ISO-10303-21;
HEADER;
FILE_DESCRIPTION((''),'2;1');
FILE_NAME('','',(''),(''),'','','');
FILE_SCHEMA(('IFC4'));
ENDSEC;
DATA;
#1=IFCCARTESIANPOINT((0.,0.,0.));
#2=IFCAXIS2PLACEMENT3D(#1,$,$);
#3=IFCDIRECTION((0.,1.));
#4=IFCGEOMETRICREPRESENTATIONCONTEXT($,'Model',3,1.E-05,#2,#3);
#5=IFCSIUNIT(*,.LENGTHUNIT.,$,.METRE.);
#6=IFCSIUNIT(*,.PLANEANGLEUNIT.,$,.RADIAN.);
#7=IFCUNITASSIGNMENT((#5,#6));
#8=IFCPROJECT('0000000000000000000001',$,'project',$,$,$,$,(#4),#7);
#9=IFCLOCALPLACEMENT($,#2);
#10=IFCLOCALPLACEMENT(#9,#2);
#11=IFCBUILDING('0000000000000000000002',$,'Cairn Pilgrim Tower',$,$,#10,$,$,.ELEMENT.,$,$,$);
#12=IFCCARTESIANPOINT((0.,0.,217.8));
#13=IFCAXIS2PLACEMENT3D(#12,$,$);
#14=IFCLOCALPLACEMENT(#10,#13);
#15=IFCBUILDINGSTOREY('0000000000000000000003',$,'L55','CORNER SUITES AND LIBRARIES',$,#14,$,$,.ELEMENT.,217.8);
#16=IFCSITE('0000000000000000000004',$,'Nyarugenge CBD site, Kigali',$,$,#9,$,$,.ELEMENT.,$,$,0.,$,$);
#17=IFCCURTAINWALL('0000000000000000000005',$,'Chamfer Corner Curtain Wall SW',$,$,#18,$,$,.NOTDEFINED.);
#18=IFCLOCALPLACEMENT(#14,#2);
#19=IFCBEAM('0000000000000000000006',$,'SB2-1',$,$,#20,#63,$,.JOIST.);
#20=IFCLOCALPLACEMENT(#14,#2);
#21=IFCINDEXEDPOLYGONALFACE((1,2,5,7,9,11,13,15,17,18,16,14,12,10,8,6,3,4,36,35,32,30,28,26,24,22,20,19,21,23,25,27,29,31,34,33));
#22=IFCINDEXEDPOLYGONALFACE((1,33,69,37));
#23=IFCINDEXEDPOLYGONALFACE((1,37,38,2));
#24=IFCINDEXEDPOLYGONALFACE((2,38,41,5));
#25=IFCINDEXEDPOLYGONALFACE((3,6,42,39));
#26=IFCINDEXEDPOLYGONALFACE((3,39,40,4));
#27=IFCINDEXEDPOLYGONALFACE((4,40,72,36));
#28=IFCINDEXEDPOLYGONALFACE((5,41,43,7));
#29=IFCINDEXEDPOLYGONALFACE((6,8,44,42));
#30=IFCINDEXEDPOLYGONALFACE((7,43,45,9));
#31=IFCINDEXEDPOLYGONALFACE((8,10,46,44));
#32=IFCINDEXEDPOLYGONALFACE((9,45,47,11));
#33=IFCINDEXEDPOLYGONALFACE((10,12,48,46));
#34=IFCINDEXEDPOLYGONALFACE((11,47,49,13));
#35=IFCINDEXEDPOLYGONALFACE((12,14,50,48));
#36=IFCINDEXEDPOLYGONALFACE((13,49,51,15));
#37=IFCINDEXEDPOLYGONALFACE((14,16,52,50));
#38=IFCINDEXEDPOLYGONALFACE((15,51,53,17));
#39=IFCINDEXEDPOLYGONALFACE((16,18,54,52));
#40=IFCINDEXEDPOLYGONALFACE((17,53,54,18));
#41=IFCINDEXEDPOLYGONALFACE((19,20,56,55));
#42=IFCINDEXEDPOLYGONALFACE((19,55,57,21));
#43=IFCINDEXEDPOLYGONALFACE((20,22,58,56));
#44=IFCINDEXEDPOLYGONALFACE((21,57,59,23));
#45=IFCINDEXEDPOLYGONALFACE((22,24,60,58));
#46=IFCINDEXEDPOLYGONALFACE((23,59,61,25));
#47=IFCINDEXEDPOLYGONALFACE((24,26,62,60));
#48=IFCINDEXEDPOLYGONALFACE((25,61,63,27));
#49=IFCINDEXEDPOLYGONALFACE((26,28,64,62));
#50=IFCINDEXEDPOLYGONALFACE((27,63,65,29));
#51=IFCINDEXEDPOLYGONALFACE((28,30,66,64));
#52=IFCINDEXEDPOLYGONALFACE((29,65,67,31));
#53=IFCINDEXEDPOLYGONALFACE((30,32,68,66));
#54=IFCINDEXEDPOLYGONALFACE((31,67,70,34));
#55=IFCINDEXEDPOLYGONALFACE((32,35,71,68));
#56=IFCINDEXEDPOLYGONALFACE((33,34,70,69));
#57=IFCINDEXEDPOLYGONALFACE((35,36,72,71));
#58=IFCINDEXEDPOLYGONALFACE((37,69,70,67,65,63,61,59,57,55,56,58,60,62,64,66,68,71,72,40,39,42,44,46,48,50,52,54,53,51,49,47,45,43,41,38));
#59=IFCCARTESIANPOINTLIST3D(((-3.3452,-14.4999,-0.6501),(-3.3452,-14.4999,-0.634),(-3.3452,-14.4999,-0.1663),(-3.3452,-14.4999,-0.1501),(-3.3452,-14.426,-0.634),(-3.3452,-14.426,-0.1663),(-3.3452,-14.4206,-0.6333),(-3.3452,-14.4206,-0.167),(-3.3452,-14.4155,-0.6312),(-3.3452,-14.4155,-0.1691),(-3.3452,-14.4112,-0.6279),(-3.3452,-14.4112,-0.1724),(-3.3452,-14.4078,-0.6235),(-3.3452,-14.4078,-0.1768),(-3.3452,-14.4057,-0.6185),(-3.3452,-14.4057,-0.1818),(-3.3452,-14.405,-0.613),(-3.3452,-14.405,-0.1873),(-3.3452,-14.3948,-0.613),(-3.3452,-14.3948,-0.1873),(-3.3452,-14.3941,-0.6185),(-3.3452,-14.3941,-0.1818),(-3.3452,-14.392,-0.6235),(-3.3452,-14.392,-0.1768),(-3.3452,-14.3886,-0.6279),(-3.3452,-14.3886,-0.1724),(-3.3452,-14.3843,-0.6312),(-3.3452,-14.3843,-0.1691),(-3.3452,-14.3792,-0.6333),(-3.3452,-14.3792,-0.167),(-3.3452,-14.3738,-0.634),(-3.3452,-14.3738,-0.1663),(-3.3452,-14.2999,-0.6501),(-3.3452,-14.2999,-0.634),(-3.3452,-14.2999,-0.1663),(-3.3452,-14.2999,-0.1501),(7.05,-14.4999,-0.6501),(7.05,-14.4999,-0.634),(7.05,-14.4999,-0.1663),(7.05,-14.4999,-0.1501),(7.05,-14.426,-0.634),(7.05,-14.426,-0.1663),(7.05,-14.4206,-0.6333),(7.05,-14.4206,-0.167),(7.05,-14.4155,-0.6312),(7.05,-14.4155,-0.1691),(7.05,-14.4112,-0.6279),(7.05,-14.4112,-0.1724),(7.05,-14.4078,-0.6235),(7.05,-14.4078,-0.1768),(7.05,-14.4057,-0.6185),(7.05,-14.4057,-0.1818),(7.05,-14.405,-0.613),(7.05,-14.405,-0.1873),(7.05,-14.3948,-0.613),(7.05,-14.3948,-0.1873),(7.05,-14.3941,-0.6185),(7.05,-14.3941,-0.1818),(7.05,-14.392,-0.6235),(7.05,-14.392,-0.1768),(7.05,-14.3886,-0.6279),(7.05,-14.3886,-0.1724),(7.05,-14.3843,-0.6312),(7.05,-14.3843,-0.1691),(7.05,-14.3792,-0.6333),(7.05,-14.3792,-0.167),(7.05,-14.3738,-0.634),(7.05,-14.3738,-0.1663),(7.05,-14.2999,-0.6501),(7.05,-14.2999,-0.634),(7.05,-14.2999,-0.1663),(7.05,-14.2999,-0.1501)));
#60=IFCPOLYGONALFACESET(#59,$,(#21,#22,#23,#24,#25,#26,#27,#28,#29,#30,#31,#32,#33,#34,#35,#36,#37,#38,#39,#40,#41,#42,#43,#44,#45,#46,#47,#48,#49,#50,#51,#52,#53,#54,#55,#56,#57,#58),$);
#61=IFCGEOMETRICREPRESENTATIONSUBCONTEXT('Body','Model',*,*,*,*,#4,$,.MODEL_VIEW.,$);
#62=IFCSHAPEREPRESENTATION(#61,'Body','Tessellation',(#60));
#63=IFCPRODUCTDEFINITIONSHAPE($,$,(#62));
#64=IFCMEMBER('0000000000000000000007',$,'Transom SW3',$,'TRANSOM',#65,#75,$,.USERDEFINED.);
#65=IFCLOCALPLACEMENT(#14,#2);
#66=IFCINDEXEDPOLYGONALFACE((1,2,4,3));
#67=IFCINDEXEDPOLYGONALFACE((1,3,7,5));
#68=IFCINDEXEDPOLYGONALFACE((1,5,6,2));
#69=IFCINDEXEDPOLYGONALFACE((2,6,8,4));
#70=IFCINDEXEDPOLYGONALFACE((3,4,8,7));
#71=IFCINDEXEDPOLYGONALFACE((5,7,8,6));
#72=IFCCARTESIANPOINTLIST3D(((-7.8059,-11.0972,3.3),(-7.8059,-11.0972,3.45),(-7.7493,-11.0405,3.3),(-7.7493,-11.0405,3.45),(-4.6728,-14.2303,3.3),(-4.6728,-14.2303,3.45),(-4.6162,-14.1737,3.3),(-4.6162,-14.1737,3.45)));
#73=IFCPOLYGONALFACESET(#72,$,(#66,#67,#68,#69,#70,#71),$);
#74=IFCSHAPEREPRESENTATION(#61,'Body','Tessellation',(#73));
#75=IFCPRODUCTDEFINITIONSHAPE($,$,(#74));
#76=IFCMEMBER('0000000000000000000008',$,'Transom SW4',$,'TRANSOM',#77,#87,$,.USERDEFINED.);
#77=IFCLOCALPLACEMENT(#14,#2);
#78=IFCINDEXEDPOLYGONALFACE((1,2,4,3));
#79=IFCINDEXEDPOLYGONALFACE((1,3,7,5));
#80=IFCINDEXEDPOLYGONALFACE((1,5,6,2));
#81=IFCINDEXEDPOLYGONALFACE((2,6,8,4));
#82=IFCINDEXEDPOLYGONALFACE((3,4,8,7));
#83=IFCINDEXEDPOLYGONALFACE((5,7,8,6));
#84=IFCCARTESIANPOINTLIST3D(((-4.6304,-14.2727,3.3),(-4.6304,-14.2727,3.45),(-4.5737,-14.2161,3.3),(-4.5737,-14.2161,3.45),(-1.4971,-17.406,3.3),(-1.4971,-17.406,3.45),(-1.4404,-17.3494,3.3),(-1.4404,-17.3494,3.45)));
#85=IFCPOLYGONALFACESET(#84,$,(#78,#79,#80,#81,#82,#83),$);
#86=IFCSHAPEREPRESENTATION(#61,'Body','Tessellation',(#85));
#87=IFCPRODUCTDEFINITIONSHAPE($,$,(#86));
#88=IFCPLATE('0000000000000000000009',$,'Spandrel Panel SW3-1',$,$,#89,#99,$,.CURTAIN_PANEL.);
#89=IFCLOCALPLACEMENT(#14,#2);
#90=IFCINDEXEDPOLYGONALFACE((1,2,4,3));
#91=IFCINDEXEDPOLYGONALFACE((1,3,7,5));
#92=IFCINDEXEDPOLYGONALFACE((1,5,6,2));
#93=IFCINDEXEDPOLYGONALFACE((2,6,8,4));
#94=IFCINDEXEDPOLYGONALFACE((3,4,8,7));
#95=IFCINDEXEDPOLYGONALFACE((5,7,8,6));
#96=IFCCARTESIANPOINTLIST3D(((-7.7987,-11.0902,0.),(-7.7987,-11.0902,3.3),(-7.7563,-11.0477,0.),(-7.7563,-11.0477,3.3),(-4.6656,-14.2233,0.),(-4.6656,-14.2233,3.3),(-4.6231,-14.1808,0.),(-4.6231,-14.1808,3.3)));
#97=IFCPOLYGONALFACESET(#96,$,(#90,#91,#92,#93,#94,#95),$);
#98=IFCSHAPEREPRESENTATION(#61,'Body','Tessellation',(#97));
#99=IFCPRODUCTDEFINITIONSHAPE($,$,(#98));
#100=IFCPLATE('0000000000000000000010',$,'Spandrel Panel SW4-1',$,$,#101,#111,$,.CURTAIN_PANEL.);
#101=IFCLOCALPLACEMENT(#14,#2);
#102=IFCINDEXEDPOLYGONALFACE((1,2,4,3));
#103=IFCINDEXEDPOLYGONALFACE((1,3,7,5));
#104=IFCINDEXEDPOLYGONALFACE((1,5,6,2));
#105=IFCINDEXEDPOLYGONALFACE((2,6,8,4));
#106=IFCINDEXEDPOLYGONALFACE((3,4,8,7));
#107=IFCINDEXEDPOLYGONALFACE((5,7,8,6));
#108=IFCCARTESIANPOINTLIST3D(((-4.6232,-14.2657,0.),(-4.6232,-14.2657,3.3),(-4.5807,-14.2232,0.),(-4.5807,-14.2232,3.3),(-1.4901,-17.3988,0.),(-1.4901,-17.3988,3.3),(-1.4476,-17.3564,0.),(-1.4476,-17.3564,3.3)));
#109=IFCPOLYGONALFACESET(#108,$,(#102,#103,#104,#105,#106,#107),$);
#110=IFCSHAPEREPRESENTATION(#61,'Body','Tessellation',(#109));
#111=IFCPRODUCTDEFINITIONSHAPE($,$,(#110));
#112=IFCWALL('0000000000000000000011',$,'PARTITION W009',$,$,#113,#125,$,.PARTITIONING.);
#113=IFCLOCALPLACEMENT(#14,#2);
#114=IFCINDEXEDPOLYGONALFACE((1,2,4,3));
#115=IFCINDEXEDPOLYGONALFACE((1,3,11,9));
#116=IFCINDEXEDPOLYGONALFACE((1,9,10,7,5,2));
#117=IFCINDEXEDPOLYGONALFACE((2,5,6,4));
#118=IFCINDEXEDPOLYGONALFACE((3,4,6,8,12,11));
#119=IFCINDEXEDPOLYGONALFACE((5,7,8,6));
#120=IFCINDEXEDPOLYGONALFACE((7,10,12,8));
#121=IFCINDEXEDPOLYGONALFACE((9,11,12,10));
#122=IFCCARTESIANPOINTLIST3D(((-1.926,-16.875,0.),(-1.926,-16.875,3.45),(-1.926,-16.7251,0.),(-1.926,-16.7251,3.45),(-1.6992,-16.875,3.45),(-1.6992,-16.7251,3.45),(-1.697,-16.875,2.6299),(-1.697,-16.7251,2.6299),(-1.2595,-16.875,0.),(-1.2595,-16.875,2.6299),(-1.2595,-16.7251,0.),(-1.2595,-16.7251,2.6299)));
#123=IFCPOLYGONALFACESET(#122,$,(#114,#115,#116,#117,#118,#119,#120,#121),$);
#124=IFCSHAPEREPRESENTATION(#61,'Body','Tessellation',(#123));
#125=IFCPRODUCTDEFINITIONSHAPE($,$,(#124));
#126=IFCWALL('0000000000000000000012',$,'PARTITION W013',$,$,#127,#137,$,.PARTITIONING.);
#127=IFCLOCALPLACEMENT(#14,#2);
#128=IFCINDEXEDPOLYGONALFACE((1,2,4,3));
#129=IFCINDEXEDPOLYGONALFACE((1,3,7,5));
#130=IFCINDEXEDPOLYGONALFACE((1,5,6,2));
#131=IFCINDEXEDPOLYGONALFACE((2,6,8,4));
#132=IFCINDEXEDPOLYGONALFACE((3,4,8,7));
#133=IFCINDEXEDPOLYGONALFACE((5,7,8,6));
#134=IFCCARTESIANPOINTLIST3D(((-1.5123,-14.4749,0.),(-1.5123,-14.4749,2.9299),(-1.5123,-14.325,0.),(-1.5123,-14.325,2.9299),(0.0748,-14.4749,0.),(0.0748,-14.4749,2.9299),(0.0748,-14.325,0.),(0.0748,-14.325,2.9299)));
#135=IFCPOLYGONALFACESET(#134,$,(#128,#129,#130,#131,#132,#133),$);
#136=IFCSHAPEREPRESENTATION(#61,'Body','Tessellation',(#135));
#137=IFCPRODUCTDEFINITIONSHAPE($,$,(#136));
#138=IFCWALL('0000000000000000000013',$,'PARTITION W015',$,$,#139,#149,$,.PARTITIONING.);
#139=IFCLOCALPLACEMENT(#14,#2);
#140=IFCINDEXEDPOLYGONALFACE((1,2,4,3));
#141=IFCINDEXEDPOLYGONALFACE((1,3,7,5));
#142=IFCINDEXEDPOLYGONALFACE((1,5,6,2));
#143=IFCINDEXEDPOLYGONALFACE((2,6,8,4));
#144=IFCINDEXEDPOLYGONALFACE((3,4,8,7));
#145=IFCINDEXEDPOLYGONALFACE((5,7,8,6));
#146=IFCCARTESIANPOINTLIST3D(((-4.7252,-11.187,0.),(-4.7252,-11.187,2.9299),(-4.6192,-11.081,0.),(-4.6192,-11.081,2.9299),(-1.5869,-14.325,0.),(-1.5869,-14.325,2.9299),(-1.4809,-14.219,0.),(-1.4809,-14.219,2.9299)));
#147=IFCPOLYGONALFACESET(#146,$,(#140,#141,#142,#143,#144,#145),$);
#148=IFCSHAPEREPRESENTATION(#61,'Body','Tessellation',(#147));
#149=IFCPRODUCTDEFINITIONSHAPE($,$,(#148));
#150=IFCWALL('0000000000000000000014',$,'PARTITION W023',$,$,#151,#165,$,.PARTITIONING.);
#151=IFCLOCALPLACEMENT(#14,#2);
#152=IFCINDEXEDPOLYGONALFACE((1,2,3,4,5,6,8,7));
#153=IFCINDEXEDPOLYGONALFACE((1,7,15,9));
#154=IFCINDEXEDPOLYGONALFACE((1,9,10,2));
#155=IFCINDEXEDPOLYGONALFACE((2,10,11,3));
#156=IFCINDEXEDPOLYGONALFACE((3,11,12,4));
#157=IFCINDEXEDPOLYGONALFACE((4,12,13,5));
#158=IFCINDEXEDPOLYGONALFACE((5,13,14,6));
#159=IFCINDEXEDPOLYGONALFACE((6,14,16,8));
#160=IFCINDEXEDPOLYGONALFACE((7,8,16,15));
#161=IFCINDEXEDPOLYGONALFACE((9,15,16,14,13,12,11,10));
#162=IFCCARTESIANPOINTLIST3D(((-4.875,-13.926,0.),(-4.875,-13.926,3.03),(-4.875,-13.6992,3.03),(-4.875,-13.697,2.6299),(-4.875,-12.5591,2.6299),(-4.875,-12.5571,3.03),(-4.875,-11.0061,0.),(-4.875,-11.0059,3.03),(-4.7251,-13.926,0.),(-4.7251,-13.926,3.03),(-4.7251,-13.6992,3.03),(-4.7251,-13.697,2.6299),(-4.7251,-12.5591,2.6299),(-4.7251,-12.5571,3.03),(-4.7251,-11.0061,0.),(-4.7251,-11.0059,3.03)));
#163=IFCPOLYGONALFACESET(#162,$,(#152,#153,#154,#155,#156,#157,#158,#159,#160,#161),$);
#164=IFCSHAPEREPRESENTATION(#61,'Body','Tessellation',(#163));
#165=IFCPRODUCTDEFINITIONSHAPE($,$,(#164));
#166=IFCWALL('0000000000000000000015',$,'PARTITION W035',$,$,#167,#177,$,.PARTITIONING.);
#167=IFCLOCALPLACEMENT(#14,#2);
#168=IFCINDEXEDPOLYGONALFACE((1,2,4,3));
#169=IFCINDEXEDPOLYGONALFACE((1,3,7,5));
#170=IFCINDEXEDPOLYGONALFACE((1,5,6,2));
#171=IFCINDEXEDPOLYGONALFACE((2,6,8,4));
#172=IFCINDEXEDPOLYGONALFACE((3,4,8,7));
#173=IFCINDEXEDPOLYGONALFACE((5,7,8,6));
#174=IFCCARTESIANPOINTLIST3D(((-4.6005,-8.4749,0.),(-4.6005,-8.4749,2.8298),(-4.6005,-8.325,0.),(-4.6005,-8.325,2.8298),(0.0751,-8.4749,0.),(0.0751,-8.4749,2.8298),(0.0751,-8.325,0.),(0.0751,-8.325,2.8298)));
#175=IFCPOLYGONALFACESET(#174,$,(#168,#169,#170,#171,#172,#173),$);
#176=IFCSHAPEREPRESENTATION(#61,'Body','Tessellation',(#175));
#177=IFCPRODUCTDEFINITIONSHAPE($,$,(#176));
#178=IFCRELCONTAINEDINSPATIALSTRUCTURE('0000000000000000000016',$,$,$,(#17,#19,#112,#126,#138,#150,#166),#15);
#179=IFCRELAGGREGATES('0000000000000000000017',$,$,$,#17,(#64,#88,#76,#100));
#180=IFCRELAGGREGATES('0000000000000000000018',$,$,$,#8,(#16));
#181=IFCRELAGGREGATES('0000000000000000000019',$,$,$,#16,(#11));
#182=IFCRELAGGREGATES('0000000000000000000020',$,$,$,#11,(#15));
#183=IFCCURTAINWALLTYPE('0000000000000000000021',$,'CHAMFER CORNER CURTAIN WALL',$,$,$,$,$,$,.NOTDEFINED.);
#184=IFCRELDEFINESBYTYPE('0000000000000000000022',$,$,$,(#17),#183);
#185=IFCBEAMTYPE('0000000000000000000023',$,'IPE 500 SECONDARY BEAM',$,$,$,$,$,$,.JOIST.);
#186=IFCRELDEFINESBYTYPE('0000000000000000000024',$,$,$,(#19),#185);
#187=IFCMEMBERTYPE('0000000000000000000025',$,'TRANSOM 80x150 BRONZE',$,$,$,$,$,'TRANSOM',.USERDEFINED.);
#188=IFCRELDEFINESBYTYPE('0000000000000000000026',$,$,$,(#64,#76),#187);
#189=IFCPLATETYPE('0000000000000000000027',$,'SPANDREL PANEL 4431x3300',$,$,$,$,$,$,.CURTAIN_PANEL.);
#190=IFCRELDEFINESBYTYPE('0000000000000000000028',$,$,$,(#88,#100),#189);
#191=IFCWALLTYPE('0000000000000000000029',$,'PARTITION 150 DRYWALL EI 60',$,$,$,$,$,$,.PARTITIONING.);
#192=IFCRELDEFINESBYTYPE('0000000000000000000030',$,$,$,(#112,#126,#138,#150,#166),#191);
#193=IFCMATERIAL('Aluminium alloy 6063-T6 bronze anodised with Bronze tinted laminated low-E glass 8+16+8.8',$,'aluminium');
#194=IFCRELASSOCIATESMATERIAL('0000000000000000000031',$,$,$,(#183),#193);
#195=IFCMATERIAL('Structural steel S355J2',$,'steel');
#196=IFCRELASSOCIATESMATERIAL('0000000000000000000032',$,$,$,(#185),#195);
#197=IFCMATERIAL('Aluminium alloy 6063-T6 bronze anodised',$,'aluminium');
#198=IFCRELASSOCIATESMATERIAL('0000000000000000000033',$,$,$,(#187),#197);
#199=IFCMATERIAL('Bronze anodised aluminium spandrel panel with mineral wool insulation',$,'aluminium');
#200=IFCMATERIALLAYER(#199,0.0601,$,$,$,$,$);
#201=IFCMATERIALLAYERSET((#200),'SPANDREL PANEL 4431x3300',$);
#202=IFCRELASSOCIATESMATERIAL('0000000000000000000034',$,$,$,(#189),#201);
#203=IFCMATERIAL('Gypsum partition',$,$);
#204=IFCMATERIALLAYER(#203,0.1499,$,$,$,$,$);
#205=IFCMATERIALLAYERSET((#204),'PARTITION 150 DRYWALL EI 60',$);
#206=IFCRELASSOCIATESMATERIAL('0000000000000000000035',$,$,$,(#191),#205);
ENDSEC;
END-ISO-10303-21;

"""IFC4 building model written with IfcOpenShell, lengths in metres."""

from ifc_helpers import new_model, si_unit, direction, frame, frame_2d, origin, origin_2d, place, context, subcontext, project, spatial, polyline, rectangle, i_section, outline, extrude, material, layer, layer_set, material_profile, profile_set, type_object, element, aggregate, save


model = new_model("IFC4")

# Units and contexts
model_context = context("Model", 3, precision=1e-05, world=origin(), true_north=direction((0.0, 1.0)))
body_context = subcontext(model_context, "Body", "Model", "MODEL_VIEW")
ifc_project = project(units=[si_unit("LENGTHUNIT", "METRE"), si_unit("PLANEANGLEUNIT", "RADIAN")], contexts=[model_context])

# Site, building, storey
site_placement = place(None, origin())
site = spatial("IfcSite", under=ifc_project, at=site_placement, Name="Nyarugenge CBD site, Kigali", CompositionType="ELEMENT", RefElevation=0.0)
building_placement = place(site_placement, origin())
building = spatial("IfcBuilding", under=site, at=building_placement, Name="Cairn Pilgrim Tower", CompositionType="ELEMENT")
storey_placement = place(building_placement, frame((0.0, 0.0, 217.8)))
storey = spatial("IfcBuildingStorey", under=building, at=storey_placement, Name="L55", Description="CORNER SUITES AND LIBRARIES", CompositionType="ELEMENT", Elevation=217.8)

# Shared definitions
ifc_material_1 = material(Name="Structural steel S355J2", Category="steel")

# Curtain wall
ifc_material_2 = material(Name="Aluminium alloy 6063-T6 bronze anodised with Bronze tinted laminated low-E glass 8+16+8.8", Category="aluminium")
curtain_wall_type = type_object("IfcCurtainWallType", Name="CHAMFER CORNER CURTAIN WALL", PredefinedType="NOTDEFINED", material=ifc_material_2)
curtain_wall_placement = place(storey_placement, origin())
curtain_wall = element("IfcCurtainWall", 1, at=curtain_wall_placement, inside=storey, type_object=curtain_wall_type, Name="Chamfer Corner Curtain Wall SW", PredefinedType="NOTDEFINED")
ifc_material_3 = material(Name="Aluminium alloy 6063-T6 bronze anodised", Category="aluminium")

# Beam
ifc_material_profile_1 = material_profile(ifc_material_1, i_section(OverallWidth=0.2, OverallDepth=0.5, WebThickness=0.0103, FlangeThickness=0.0161, FilletRadius=0.021, at=origin_2d()), Name="IPE 500")
ifc_profile_set_1 = profile_set([ifc_material_profile_1], Name="Structural steel S355J2")
beam_type_1 = type_object("IfcBeamType", Name="IPE 500 SECONDARY BEAM", PredefinedType="JOIST", material=ifc_profile_set_1)
beam_1_placement = place(storey_placement, frame((-3.3452, -14.3999, -0.4001), z_axis=(1.0, 0.0, 0.0), x_axis=(0.0, 1.0, 0.0)))
element("IfcBeam", 2, at=beam_1_placement, inside=storey, type_object=beam_type_1, Name="SB2-1", PredefinedType="JOIST", context=body_context, shape_type="SweptSolid", body=[
    extrude(i_section(OverallWidth=0.2, OverallDepth=0.5, WebThickness=0.0103, FlangeThickness=0.0161, FilletRadius=0.021, at=origin_2d()), origin(), (0.0, 0.0, 1.0), 10.3953),
])

# Members
ifc_material_profile_2 = material_profile(ifc_material_3, rectangle(XDim=0.0801, YDim=0.1499, at=origin_2d()), Name="TRANSOM 80x150 BRONZE")
ifc_profile_set_2 = profile_set([ifc_material_profile_2], Name="Aluminium alloy 6063-T6 bronze anodised")
member_type_1 = type_object("IfcMemberType", Name="TRANSOM 80x150 BRONZE", ElementType="TRANSOM", PredefinedType="USERDEFINED", material=ifc_profile_set_2)
member_1_placement = place(storey_placement, frame((-7.7776, -11.0688, 3.375), z_axis=(0.707107, -0.707107, 0.0), x_axis=(0.707107, 0.707107, 0.0)))
member_1 = element("IfcMember", 3, at=member_1_placement, type_object=member_type_1, Name="Transom SW3", ObjectType="TRANSOM", PredefinedType="USERDEFINED", context=body_context, shape_type="SweptSolid", body=[
    extrude(rectangle(XDim=0.0801, YDim=0.1499, at=origin_2d()), origin(), (0.0, 0.0, 1.0), 4.4309),
])
member_2_placement = place(storey_placement, frame((-4.6021, -14.2444, 3.375), z_axis=(0.707107, -0.707107, 0.0), x_axis=(0.707107, 0.707107, 0.0)))
member_2 = element("IfcMember", 4, at=member_2_placement, type_object=member_type_1, Name="Transom SW4", ObjectType="TRANSOM", PredefinedType="USERDEFINED", context=body_context, shape_type="SweptSolid", body=[
    extrude(rectangle(XDim=0.0801, YDim=0.1499, at=origin_2d()), origin(), (0.0, 0.0, 1.0), 4.4312),
])

# Plates
ifc_material_4 = material(Name="Bronze anodised aluminium spandrel panel with mineral wool insulation", Category="aluminium")
ifc_layer_1 = layer(ifc_material_4, 0.0601)
ifc_layer_set_1 = layer_set([ifc_layer_1], Name="SPANDREL PANEL 4431x3300")
plate_type = type_object("IfcPlateType", Name="SPANDREL PANEL 4431x3300", PredefinedType="CURTAIN_PANEL", material=ifc_layer_set_1)
plate_1_placement = place(storey_placement, frame((-6.2109, -12.6355, 0.0), z_axis=(0.0, 0.0, 1.0), x_axis=(0.707107, -0.707107, 0.0)))
plate_1 = element("IfcPlate", 5, at=plate_1_placement, type_object=plate_type, Name="Spandrel Panel SW3-1", PredefinedType="CURTAIN_PANEL", context=body_context, shape_type="SweptSolid", body=[
    extrude(rectangle(XDim=4.4309, YDim=0.0601, at=origin_2d()), origin(), (0.0, 0.0, 1.0), 3.3),
])
plate_2_placement = place(storey_placement, frame((-3.0354, -15.811, 0.0), z_axis=(0.0, 0.0, 1.0), x_axis=(0.707107, -0.707107, 0.0)))
plate_2 = element("IfcPlate", 6, at=plate_2_placement, type_object=plate_type, Name="Spandrel Panel SW4-1", PredefinedType="CURTAIN_PANEL", context=body_context, shape_type="SweptSolid", body=[
    extrude(rectangle(XDim=4.4309, YDim=0.0601, at=origin_2d()), origin(), (0.0, 0.0, 1.0), 3.3),
])
aggregate(curtain_wall, [member_1, plate_1, member_2, plate_2])

# Walls
ifc_material_5 = material(Name="Gypsum partition")
ifc_layer_2 = layer(ifc_material_5, 0.1499)
ifc_layer_set_2 = layer_set([ifc_layer_2], Name="PARTITION 150 DRYWALL EI 60")
wall_type_1 = type_object("IfcWallType", Name="PARTITION 150 DRYWALL EI 60", PredefinedType="PARTITIONING", material=ifc_layer_set_2)
wall_1_placement = place(storey_placement, frame((-1.926, -16.8, 0.0), z_axis=(0.0, 0.0, 1.0), x_axis=(1.0, 0.0, 0.0)))
element("IfcWall", 7, at=wall_1_placement, inside=storey, type_object=wall_type_1, Name="PARTITION W009", PredefinedType="PARTITIONING", context=body_context, shape_type="SweptSolid", body=[
    extrude(outline(polyline([(0.0, 0.0), (0.6665, 0.0), (0.6665, 2.6299), (0.229, 2.6299), (0.2268, 3.45), (0.0, 3.45), (0.0, 0.0)])), frame((0.0, 0.075, 0.0), z_axis=(0.0, -1.0, 0.0), x_axis=(1.0, 0.0, 0.0)), (0.0, 0.0, 1.0), 0.1499),
])
wall_2_placement = place(storey_placement, frame((-1.5122, -14.3999, 0.0), z_axis=(0.0, 0.0, 1.0), x_axis=(1.0, 0.0, 0.0)))
element("IfcWall", 8, at=wall_2_placement, inside=storey, type_object=wall_type_1, Name="PARTITION W013", PredefinedType="PARTITIONING", context=body_context, shape_type="SweptSolid", body=[
    extrude(rectangle(XDim=1.5872, YDim=0.1499, at=frame_2d((0.7935, 0.0))), origin(), (0.0, 0.0, 1.0), 2.9299),
])
wall_3_placement = place(storey_placement, frame((-1.5339, -14.272, 0.0), z_axis=(0.0, 0.0, 1.0), x_axis=(-0.707134, 0.707079, 0.0)))
element("IfcWall", 9, at=wall_3_placement, inside=storey, type_object=wall_type_1, Name="PARTITION W015", PredefinedType="PARTITIONING", context=body_context, shape_type="SweptSolid", body=[
    extrude(rectangle(XDim=4.438, YDim=0.1499, at=frame_2d((2.219, 0.0))), origin(), (0.0, 0.0, 1.0), 2.9299),
])
wall_4_placement = place(storey_placement, frame((-4.8, -13.926, 0.0), z_axis=(0.0, 0.0, 1.0), x_axis=(0.0, 1.0, 0.0)))
element("IfcWall", 10, at=wall_4_placement, inside=storey, type_object=wall_type_1, Name="PARTITION W023", PredefinedType="PARTITIONING", context=body_context, shape_type="SweptSolid", body=[
    extrude(outline(polyline([(0.0, 0.0), (2.9199, 0.0), (2.9202, 3.03), (1.3689, 3.03), (1.3669, 2.6299), (0.229, 2.6299), (0.2268, 3.03), (0.0, 3.03), (0.0, 0.0)])), frame((0.0, 0.075, 0.0), z_axis=(0.0, -1.0, 0.0), x_axis=(1.0, 0.0, 0.0)), (0.0, 0.0, 1.0), 0.1499),
])
wall_5_placement = place(storey_placement, frame((-4.6006, -8.3999, 0.0), z_axis=(0.0, 0.0, 1.0), x_axis=(1.0, 0.0, 0.0)))
element("IfcWall", 11, at=wall_5_placement, inside=storey, type_object=wall_type_1, Name="PARTITION W035", PredefinedType="PARTITIONING", context=body_context, shape_type="SweptSolid", body=[
    extrude(rectangle(XDim=4.6755, YDim=0.1499, at=frame_2d((2.3379, 0.0))), origin(), (0.0, 0.0, 1.0), 2.8298),
])

save(model, "model.ifc")
